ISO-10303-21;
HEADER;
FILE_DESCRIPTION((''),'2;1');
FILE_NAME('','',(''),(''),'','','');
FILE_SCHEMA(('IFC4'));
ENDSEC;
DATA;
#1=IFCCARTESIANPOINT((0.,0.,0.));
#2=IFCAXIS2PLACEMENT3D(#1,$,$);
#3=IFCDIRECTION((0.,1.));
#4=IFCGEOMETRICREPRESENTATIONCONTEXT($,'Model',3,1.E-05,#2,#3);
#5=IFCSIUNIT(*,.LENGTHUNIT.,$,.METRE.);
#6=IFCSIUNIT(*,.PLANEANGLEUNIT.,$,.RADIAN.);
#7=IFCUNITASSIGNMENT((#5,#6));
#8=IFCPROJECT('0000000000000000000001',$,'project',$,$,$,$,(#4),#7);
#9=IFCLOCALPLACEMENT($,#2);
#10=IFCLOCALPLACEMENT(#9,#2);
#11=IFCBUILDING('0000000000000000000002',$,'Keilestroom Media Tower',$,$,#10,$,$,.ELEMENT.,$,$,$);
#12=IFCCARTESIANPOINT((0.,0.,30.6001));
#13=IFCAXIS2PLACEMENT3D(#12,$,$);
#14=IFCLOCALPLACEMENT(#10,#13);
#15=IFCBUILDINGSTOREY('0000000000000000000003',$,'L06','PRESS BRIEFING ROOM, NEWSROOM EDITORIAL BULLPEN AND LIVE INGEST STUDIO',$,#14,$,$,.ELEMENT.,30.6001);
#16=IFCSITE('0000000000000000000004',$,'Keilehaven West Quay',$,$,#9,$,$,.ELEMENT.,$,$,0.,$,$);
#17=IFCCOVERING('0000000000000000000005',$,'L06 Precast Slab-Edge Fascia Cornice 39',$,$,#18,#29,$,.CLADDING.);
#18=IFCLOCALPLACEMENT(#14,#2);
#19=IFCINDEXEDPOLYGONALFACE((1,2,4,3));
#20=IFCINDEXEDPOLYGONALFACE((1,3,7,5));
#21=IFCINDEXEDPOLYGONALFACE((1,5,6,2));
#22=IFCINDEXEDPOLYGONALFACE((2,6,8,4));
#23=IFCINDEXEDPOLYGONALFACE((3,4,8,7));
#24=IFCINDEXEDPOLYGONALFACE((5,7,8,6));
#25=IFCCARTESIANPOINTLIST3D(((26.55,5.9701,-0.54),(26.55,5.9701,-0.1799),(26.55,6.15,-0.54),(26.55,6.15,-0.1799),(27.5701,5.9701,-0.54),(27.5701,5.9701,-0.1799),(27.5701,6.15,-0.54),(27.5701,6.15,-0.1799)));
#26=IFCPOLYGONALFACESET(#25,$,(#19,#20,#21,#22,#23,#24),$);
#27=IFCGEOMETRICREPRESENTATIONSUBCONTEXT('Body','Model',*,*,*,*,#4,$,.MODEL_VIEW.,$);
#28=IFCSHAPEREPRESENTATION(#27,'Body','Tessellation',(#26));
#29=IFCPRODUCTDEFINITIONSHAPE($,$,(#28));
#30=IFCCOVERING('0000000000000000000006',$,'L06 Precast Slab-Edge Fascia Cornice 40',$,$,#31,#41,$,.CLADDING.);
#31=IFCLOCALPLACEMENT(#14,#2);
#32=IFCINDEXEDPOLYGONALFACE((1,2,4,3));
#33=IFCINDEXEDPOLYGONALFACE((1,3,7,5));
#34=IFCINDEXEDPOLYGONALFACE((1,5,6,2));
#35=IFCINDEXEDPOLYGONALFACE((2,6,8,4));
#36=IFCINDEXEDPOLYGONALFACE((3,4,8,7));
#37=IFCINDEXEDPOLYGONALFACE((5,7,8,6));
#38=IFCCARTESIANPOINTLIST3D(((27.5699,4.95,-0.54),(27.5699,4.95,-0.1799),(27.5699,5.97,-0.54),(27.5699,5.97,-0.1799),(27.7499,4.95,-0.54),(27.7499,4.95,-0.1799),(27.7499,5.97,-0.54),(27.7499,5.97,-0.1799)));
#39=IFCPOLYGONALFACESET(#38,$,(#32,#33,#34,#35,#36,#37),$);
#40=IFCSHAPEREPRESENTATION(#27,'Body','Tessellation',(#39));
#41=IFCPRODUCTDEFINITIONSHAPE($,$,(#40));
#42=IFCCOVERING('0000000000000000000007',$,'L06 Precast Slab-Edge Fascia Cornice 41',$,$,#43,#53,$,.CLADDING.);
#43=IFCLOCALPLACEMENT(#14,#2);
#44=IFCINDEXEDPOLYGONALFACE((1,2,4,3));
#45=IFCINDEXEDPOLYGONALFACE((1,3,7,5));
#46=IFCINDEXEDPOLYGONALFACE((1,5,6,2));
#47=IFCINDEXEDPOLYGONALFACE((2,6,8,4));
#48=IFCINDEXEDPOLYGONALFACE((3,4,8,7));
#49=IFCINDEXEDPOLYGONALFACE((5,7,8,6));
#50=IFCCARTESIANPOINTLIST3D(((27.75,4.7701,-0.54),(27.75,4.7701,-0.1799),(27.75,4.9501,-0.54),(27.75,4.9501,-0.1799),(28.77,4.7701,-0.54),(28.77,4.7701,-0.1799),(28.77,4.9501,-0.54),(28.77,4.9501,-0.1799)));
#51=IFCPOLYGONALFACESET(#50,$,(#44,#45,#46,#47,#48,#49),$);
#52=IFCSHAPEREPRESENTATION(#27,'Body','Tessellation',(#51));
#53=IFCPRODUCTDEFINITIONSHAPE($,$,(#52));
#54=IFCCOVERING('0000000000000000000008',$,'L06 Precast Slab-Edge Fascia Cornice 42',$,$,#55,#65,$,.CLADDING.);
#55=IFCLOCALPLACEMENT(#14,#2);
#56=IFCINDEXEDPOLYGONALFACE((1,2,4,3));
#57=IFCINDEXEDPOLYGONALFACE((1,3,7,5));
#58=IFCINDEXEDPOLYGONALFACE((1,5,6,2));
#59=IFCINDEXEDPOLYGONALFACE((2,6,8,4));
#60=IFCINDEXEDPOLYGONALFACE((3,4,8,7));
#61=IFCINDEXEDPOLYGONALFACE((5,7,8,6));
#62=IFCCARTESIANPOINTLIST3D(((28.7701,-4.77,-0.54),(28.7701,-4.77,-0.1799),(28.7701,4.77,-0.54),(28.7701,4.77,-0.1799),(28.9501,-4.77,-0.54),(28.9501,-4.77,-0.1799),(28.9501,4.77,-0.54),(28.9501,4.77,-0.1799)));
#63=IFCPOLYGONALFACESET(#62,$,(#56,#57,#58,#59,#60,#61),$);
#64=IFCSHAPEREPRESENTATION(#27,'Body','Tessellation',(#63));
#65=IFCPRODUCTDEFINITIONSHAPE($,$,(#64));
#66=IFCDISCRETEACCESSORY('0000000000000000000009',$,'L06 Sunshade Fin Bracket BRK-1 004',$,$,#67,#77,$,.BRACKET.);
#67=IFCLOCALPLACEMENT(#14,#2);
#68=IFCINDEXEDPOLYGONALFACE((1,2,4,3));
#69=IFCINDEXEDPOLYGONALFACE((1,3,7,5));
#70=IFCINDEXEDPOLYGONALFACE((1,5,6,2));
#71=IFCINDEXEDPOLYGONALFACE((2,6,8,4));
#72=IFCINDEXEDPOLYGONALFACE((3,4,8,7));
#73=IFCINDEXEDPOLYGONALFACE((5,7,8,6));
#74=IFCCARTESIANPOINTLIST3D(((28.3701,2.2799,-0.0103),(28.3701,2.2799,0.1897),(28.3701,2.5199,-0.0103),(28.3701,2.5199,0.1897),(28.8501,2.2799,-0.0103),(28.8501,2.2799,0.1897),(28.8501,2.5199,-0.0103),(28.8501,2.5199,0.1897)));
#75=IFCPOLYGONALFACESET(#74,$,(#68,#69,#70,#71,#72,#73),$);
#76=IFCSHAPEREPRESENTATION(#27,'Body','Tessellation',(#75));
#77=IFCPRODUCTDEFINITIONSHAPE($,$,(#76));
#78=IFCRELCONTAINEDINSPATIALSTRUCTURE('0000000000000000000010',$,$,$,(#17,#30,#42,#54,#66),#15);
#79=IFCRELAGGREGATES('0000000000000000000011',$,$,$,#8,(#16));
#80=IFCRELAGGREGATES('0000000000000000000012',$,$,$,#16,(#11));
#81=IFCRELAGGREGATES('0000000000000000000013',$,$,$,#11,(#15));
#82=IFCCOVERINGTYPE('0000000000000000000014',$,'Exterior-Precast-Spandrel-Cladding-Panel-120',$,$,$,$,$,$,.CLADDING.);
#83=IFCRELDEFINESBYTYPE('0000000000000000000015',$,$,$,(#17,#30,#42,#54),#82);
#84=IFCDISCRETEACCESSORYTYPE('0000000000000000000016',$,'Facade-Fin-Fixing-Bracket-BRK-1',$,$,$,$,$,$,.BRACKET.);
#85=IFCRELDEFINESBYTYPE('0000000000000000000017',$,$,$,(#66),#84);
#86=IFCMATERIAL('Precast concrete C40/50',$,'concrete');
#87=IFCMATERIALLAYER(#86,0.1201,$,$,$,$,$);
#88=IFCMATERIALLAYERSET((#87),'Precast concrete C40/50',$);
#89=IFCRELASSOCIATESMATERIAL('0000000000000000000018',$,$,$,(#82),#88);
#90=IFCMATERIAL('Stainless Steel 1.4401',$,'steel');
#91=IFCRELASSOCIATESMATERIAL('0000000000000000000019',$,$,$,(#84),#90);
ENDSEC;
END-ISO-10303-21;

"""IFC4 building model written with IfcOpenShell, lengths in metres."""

from ifc_helpers import new_model, si_unit, direction, frame, origin, origin_2d, place, context, subcontext, project, spatial, rectangle, extrude, source, transform, mapped, material, layer, layer_set, type_object, element, save


model = new_model("IFC4")

# Units and contexts
model_context = context("Model", 3, precision=1e-05, world=origin(), true_north=direction((0.0, 1.0)))
body_context = subcontext(model_context, "Body", "Model", "MODEL_VIEW")
ifc_project = project(units=[si_unit("LENGTHUNIT", "METRE"), si_unit("PLANEANGLEUNIT", "RADIAN")], contexts=[model_context])

# Site, building, storey
site_placement = place(None, origin())
site = spatial("IfcSite", under=ifc_project, at=site_placement, Name="Keilehaven West Quay", CompositionType="ELEMENT", RefElevation=0.0)
building_placement = place(site_placement, origin())
building = spatial("IfcBuilding", under=site, at=building_placement, Name="Keilestroom Media Tower", CompositionType="ELEMENT")
storey_placement = place(building_placement, frame((0.0, 0.0, 30.6001)))
storey = spatial("IfcBuildingStorey", under=building, at=storey_placement, Name="L06", Description="PRESS BRIEFING ROOM, NEWSROOM EDITORIAL BULLPEN AND LIVE INGEST STUDIO", CompositionType="ELEMENT", Elevation=30.6001)

# Shared definitions
ifc_material_1 = material(Name="Precast concrete C40/50", Category="concrete")

# Coverings
ifc_layer_1 = layer(ifc_material_1, 0.1201)
ifc_layer_set_1 = layer_set([ifc_layer_1], Name="Precast concrete C40/50")
covering_type = type_object("IfcCoveringType", Name="Exterior-Precast-Spandrel-Cladding-Panel-120", PredefinedType="CLADDING", material=ifc_layer_set_1)
shared_shape_1 = source(origin(), body_context, "Body", "SweptSolid", [
    extrude(rectangle(XDim=1.02, YDim=0.1799, at=origin_2d()), origin(), (0.0, 0.0, 1.0), 0.3601),
])
for number, where, z_axis, x_axis, name in (
    (1, (27.0601, 6.0601, -0.54), (0.0, 0.0, 1.0), (1.0, 0.0, 0.0), "L06 Precast Slab-Edge Fascia Cornice 39"),
    (2, (27.6599, 5.46, -0.54), (0.0, 0.0, 1.0), (0.0, -1.0, 0.0), "L06 Precast Slab-Edge Fascia Cornice 40"),
    (3, (28.26, 4.8601, -0.54), (0.0, 0.0, 1.0), (1.0, 0.0, 0.0), "L06 Precast Slab-Edge Fascia Cornice 41"),
):
    element("IfcCovering", number, at=place(storey_placement, frame(where, z_axis=z_axis, x_axis=x_axis)), inside=storey, type_object=covering_type, Name=name, PredefinedType="CLADDING", context=body_context, shape_type="MappedRepresentation", body=[
        mapped(shared_shape_1, transform((0.0, 0.0, 0.0), x_axis=(1.0, 0.0, 0.0), y_axis=(0.0, 1.0, 0.0), z_axis=(0.0, 0.0, 1.0), scale=1.0)),
    ])
shared_shape_2 = source(origin(), body_context, "Body", "SweptSolid", [
    extrude(rectangle(XDim=9.54, YDim=0.1799, at=origin_2d()), origin(), (0.0, 0.0, 1.0), 0.3601),
])
covering_placement = place(storey_placement, frame((28.8601, 0.0, -0.54), z_axis=(0.0, 0.0, 1.0), x_axis=(0.0, -1.0, 0.0)))
element("IfcCovering", 4, at=covering_placement, inside=storey, type_object=covering_type, Name="L06 Precast Slab-Edge Fascia Cornice 42", PredefinedType="CLADDING", context=body_context, shape_type="MappedRepresentation", body=[
    mapped(shared_shape_2, transform((0.0, 0.0, 0.0), x_axis=(1.0, 0.0, 0.0), y_axis=(0.0, 1.0, 0.0), z_axis=(0.0, 0.0, 1.0), scale=1.0)),
])

# Discrete accessory
ifc_material_2 = material(Name="Stainless Steel 1.4401", Category="steel")
discrete_accessory_type = type_object("IfcDiscreteAccessoryType", Name="Facade-Fin-Fixing-Bracket-BRK-1", PredefinedType="BRACKET", material=ifc_material_2)
shared_shape_3 = source(origin(), body_context, "Body", "SweptSolid", [
    extrude(rectangle(XDim=0.48, YDim=0.24, at=origin_2d()), origin(), (0.0, 0.0, 1.0), 0.2),
])
discrete_accessory_placement = place(storey_placement, frame((28.6101, 2.3999, -0.0103), z_axis=(0.0, 0.0, 1.0), x_axis=(1.0, 0.0, 0.0)))
element("IfcDiscreteAccessory", 5, at=discrete_accessory_placement, inside=storey, type_object=discrete_accessory_type, Name="L06 Sunshade Fin Bracket BRK-1 004", PredefinedType="BRACKET", context=body_context, shape_type="MappedRepresentation", body=[
    mapped(shared_shape_3, transform((0.0, 0.0, 0.0), x_axis=(1.0, 0.0, 0.0), y_axis=(0.0, 1.0, 0.0), z_axis=(0.0, 0.0, 1.0), scale=1.0)),
])

save(model, "model.ifc")
